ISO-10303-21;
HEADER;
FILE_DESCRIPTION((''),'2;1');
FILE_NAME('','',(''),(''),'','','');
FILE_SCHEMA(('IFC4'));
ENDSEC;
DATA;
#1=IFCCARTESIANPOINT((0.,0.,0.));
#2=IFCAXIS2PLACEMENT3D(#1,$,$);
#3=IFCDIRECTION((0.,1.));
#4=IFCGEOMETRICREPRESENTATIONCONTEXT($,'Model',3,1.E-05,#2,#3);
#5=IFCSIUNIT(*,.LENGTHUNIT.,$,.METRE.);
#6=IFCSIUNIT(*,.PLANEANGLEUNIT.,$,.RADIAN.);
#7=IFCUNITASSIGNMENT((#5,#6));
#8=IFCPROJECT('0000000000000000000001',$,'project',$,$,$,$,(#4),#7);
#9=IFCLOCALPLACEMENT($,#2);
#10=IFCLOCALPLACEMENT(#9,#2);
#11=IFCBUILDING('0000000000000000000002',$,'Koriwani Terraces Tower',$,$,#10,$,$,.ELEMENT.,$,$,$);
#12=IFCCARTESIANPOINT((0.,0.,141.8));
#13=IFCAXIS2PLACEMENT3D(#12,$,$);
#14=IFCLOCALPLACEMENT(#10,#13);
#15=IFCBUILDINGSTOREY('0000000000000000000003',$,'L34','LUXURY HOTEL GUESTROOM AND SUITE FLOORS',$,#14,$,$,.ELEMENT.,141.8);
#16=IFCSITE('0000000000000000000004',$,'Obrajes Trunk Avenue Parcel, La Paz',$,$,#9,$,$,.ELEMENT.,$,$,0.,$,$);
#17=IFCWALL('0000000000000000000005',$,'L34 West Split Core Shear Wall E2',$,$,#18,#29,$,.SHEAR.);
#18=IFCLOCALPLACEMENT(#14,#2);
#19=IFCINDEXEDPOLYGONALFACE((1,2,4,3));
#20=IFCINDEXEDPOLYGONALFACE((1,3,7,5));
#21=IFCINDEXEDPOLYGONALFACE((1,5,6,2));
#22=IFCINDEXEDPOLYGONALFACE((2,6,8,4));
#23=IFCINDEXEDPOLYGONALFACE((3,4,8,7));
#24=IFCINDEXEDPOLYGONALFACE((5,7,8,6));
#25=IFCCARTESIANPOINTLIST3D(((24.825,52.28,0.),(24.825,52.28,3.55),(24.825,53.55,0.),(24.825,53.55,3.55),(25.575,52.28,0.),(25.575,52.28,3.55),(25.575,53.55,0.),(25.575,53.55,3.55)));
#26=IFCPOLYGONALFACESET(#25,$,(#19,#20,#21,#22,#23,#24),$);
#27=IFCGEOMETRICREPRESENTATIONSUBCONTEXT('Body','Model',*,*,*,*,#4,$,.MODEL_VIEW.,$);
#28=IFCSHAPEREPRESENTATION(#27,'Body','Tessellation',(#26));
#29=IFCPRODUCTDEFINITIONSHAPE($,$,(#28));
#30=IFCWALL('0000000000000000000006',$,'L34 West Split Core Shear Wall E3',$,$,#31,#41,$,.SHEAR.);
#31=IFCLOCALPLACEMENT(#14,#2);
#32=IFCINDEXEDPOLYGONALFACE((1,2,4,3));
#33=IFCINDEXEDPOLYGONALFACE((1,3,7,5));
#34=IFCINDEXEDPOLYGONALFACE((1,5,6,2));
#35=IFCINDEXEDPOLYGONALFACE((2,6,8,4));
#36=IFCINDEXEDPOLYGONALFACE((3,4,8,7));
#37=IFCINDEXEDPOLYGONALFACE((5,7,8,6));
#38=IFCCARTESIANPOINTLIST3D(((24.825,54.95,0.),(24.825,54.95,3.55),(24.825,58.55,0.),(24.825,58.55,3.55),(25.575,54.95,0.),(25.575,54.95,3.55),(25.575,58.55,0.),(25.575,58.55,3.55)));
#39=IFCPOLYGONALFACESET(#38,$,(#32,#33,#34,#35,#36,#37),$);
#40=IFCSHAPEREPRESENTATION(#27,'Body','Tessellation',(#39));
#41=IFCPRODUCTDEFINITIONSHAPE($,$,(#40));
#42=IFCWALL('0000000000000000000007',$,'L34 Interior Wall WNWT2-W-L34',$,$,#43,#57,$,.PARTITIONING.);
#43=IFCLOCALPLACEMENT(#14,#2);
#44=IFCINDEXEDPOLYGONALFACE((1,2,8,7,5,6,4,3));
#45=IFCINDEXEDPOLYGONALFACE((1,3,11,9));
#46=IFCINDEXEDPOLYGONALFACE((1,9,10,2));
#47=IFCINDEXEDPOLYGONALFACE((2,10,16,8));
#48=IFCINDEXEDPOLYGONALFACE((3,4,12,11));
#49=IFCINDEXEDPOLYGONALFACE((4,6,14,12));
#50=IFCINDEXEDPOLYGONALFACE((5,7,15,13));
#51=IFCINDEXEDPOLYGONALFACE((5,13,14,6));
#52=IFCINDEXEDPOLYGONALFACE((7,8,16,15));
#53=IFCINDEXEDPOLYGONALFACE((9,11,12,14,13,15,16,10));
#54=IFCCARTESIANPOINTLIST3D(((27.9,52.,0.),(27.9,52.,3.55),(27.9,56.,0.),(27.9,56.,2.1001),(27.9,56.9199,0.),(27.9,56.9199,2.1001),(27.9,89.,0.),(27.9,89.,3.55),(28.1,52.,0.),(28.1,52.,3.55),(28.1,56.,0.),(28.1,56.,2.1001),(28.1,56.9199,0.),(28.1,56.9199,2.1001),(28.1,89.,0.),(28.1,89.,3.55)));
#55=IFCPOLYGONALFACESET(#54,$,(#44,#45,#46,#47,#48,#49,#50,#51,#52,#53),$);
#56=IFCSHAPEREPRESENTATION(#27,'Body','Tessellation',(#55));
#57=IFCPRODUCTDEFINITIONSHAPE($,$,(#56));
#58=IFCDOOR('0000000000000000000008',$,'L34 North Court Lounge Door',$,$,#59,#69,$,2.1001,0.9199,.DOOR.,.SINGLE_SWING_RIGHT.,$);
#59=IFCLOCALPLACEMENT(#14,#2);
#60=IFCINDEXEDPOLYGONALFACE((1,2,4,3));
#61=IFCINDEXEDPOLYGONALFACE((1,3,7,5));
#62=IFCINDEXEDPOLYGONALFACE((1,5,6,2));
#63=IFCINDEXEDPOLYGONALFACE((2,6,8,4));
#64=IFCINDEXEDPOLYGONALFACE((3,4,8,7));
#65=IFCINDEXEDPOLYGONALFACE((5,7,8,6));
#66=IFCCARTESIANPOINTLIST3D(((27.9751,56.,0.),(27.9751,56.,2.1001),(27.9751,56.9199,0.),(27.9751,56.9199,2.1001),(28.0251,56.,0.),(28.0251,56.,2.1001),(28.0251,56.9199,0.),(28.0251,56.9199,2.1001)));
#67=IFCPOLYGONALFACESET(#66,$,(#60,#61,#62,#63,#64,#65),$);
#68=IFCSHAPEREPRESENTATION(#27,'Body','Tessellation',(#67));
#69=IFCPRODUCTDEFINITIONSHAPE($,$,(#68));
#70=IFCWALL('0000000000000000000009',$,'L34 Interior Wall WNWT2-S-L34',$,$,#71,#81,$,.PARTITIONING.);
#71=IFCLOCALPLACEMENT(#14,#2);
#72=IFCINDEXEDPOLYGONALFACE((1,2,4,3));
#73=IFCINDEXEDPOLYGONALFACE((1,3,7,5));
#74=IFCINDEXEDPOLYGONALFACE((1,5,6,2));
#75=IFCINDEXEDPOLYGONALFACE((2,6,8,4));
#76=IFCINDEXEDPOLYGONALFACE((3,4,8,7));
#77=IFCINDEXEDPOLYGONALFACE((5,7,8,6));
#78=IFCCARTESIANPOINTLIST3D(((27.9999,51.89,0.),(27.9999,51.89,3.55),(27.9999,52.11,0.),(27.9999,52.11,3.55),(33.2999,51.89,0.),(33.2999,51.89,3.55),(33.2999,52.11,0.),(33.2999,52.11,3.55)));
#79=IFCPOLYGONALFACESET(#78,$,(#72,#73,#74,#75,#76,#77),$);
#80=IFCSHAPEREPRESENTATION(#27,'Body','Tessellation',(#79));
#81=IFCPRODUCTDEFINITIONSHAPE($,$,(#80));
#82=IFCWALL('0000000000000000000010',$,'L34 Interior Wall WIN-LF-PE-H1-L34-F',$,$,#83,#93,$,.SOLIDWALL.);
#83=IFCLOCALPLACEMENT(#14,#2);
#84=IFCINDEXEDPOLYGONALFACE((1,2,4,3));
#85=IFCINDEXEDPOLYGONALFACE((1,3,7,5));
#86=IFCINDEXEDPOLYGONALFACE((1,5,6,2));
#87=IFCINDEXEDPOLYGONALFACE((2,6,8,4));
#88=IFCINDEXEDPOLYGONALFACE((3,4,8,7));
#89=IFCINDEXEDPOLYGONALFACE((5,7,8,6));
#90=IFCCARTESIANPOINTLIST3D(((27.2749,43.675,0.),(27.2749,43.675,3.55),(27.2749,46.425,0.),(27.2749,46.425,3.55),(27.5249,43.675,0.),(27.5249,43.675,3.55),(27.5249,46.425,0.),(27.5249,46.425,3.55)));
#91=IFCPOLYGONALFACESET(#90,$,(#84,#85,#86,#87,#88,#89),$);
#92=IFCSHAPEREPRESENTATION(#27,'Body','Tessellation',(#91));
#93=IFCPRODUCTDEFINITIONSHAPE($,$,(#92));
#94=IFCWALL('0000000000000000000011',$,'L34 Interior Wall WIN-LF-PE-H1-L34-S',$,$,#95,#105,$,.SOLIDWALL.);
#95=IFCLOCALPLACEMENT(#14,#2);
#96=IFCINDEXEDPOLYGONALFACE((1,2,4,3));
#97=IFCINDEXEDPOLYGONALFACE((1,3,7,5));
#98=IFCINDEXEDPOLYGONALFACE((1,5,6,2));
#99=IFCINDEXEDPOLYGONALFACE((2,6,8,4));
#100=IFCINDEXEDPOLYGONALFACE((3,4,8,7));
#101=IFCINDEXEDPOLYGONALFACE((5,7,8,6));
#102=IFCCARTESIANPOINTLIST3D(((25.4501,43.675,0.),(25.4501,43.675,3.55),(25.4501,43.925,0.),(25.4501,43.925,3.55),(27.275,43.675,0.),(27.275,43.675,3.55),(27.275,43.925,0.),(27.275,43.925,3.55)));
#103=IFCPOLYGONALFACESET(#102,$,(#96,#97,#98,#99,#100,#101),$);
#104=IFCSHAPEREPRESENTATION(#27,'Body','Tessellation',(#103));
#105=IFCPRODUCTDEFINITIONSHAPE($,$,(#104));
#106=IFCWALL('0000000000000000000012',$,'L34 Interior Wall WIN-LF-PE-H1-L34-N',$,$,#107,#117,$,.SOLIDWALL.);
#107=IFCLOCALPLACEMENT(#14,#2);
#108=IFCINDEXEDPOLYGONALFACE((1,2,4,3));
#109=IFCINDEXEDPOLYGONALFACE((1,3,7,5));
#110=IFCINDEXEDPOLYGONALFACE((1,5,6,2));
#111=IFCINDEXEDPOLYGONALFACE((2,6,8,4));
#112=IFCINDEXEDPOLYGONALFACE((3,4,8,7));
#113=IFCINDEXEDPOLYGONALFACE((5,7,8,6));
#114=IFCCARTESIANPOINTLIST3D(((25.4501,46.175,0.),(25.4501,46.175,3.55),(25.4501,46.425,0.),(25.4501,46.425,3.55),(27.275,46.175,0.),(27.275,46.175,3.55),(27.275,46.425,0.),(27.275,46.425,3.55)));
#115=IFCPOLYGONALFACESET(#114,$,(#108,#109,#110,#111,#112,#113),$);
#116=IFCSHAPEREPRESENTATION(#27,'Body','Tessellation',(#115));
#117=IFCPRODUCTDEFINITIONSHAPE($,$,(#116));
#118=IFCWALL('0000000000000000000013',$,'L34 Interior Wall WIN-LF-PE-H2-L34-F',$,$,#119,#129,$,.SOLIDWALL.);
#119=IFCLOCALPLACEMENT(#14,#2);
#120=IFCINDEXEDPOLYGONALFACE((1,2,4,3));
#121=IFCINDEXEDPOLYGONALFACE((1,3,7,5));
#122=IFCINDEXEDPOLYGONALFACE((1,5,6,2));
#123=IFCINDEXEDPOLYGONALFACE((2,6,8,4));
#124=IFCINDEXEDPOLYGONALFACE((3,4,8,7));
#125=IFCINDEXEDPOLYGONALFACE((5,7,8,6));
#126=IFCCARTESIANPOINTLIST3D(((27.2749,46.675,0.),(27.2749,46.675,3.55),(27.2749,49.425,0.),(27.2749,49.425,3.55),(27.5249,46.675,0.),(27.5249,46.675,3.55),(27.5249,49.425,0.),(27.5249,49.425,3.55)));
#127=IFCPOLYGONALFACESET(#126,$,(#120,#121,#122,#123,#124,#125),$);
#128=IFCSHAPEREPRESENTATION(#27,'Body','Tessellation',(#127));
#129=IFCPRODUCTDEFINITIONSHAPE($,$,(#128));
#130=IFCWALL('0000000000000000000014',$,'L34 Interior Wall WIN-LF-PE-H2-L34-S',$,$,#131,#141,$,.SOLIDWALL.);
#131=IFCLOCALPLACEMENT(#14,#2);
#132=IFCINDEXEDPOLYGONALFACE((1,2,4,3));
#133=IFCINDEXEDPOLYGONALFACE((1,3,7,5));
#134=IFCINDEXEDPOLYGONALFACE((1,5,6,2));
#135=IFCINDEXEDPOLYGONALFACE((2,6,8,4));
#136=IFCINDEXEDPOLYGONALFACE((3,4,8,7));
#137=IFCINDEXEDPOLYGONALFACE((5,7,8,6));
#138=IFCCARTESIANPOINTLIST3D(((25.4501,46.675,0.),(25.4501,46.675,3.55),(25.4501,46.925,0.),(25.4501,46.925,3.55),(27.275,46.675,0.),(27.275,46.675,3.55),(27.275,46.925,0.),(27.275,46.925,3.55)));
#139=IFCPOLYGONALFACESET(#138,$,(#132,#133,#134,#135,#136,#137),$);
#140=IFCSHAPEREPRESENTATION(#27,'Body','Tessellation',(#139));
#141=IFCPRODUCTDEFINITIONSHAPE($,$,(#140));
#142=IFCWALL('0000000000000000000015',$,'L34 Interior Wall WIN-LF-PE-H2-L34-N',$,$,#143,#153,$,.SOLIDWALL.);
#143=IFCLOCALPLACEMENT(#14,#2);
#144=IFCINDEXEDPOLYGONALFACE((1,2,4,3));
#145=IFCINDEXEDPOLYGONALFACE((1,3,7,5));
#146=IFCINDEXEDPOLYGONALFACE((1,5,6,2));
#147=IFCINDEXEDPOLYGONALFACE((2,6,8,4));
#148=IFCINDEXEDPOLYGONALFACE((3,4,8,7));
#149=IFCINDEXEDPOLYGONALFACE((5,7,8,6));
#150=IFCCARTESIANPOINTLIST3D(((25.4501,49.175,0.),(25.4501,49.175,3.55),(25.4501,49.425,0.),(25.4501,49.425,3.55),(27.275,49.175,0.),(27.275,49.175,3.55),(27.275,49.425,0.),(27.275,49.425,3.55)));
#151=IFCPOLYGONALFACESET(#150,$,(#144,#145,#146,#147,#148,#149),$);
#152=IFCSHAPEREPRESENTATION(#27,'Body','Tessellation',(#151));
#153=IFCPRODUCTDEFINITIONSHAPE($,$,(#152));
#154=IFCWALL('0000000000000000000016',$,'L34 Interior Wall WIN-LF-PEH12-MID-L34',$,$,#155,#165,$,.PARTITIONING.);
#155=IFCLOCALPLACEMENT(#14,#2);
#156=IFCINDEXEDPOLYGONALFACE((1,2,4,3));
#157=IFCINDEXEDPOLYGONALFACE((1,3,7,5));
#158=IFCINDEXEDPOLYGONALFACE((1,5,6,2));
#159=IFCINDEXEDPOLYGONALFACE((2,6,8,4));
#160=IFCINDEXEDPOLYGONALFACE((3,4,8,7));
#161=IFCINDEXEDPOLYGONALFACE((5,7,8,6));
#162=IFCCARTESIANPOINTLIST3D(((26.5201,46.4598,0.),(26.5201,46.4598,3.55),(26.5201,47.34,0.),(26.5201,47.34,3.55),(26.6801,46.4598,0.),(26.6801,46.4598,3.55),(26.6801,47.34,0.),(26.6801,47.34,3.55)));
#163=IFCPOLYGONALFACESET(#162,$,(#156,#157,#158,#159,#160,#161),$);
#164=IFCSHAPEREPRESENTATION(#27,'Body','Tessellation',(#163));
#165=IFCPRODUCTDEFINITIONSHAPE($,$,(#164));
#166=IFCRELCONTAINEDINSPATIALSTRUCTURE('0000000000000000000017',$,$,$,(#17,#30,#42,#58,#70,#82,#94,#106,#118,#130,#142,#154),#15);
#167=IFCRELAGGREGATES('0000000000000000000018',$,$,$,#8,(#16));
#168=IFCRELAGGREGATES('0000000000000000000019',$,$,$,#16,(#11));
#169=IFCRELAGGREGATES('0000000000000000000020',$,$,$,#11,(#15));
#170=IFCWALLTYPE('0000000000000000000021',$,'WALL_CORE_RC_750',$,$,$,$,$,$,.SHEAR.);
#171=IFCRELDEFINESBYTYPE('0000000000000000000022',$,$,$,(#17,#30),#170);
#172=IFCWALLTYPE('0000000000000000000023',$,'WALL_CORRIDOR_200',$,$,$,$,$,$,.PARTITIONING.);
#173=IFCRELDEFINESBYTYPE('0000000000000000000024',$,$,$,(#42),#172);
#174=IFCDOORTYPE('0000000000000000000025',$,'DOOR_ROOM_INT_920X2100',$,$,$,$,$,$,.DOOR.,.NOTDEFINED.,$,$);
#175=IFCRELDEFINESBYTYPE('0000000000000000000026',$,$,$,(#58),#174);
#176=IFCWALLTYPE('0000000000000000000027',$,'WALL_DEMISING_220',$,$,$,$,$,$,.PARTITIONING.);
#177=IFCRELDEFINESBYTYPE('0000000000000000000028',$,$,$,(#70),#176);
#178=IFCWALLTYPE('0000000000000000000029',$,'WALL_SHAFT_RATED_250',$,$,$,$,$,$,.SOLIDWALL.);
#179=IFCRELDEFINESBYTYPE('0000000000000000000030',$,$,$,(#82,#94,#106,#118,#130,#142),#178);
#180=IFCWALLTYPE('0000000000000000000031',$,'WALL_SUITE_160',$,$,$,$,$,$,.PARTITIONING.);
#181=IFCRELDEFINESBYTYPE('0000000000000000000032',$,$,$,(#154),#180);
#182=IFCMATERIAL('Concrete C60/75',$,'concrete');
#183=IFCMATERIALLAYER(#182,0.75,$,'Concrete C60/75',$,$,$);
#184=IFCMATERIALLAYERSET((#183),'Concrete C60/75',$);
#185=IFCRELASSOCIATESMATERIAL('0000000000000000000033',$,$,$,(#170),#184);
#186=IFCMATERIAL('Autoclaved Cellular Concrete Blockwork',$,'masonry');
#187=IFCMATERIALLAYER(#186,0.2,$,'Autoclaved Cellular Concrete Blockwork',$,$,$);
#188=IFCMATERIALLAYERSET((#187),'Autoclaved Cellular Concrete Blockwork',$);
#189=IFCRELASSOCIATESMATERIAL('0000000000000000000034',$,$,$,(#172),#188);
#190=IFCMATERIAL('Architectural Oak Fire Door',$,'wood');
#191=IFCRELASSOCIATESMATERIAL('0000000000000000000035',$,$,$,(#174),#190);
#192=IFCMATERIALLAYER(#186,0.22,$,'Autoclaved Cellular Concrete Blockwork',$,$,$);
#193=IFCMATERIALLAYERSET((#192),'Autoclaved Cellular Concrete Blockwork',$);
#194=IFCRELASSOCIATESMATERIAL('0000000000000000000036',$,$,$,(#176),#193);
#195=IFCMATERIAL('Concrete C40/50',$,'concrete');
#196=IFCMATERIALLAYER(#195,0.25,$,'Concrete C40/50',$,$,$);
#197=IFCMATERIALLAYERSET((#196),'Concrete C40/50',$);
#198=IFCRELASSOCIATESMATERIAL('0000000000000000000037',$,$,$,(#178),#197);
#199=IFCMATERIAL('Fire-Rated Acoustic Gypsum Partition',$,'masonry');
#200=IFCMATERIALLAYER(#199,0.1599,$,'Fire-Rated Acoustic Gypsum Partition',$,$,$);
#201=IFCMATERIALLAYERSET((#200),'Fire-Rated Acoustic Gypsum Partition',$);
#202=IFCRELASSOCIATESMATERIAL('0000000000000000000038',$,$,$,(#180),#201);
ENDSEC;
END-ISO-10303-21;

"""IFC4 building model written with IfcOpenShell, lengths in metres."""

from ifc_helpers import new_model, si_unit, direction, frame, frame_2d, origin, place, context, subcontext, project, spatial, rectangle, extrude, material, layer, layer_set, type_object, element, fill, save


model = new_model("IFC4")

# Units and contexts
model_context = context("Model", 3, precision=1e-05, world=origin(), true_north=direction((0.0, 1.0)))
body_context = subcontext(model_context, "Body", "Model", "MODEL_VIEW")
ifc_project = project(units=[si_unit("LENGTHUNIT", "METRE"), si_unit("PLANEANGLEUNIT", "RADIAN")], contexts=[model_context])

# Site, building, storey
site_placement = place(None, origin())
site = spatial("IfcSite", under=ifc_project, at=site_placement, Name="Obrajes Trunk Avenue Parcel, La Paz", CompositionType="ELEMENT", RefElevation=0.0)
building_placement = place(site_placement, origin())
building = spatial("IfcBuilding", under=site, at=building_placement, Name="Koriwani Terraces Tower", CompositionType="ELEMENT")
storey_placement = place(building_placement, frame((0.0, 0.0, 141.8)))
storey = spatial("IfcBuildingStorey", under=building, at=storey_placement, Name="L34", Description="LUXURY HOTEL GUESTROOM AND SUITE FLOORS", CompositionType="ELEMENT", Elevation=141.8)

# Shared definitions
ifc_material_1 = material(Name="Concrete C60/75", Category="concrete")

# Shared definitions
ifc_material_2 = material(Name="Concrete C40/50", Category="concrete")

# Walls
ifc_layer_1 = layer(ifc_material_1, 0.75, Name="Concrete C60/75")
ifc_layer_set_1 = layer_set([ifc_layer_1], Name="Concrete C60/75")
wall_type_1 = type_object("IfcWallType", Name="WALL_CORE_RC_750", PredefinedType="SHEAR", material=ifc_layer_set_1)
wall_1_placement = place(storey_placement, frame((25.2, 52.28, 0.0), z_axis=(0.0, 0.0, 1.0), x_axis=(0.0, 1.0, 0.0)))
element("IfcWall", 1, at=wall_1_placement, inside=storey, type_object=wall_type_1, Name="L34 West Split Core Shear Wall E2", PredefinedType="SHEAR", context=body_context, shape_type="SweptSolid", body=[
    extrude(rectangle(XDim=1.27, YDim=0.75, at=frame_2d((0.635, 0.0))), origin(), (0.0, 0.0, 1.0), 3.55),
])
wall_2_placement = place(storey_placement, frame((25.2, 54.95, 0.0), z_axis=(0.0, 0.0, 1.0), x_axis=(0.0, 1.0, 0.0)))
element("IfcWall", 2, at=wall_2_placement, inside=storey, type_object=wall_type_1, Name="L34 West Split Core Shear Wall E3", PredefinedType="SHEAR", context=body_context, shape_type="SweptSolid", body=[
    extrude(rectangle(XDim=3.6001, YDim=0.75, at=frame_2d((1.8, 0.0))), origin(), (0.0, 0.0, 1.0), 3.55),
])

# Wall, opening, door
ifc_material_3 = material(Name="Autoclaved Cellular Concrete Blockwork", Category="masonry")
ifc_layer_2 = layer(ifc_material_3, 0.2, Name="Autoclaved Cellular Concrete Blockwork")
ifc_layer_set_2 = layer_set([ifc_layer_2], Name="Autoclaved Cellular Concrete Blockwork")
wall_type_2 = type_object("IfcWallType", Name="WALL_CORRIDOR_200", PredefinedType="PARTITIONING", material=ifc_layer_set_2)
wall_3_placement = place(storey_placement, frame((28.0, 52.0, 0.0), z_axis=(0.0, 0.0, 1.0), x_axis=(0.0, 1.0, 0.0)))
wall_3 = element("IfcWall", 3, at=wall_3_placement, inside=storey, type_object=wall_type_2, Name="L34 Interior Wall WNWT2-W-L34", PredefinedType="PARTITIONING", context=body_context, shape_type="SweptSolid", body=[
    extrude(rectangle(XDim=37.0, YDim=0.2, at=frame_2d((18.5, 0.0))), origin(), (0.0, 0.0, 1.0), 3.55),
])
opening_1_placement = place(wall_3_placement, frame((4.0, 0.0, 0.0)))
opening_1 = element("IfcOpeningElement", 4, at=opening_1_placement, cuts=wall_3, PredefinedType="OPENING", context=body_context, shape_type="SweptSolid", body=[
    extrude(rectangle(XDim=0.9199, YDim=2.1001, at=frame_2d((0.46, 1.05))), frame((0.0, 0.1099, 0.0), z_axis=(0.0, -1.0, 0.0), x_axis=(1.0, 0.0, 0.0)), (0.0, 0.0, 1.0), 0.22),
])
ifc_material_4 = material(Name="Architectural Oak Fire Door", Category="wood")
door_type_1 = type_object("IfcDoorType", Name="DOOR_ROOM_INT_920X2100", OperationType="NOTDEFINED", PredefinedType="DOOR", material=ifc_material_4)
door_1_placement = place(opening_1_placement, origin())
door_1 = element("IfcDoor", 5, at=door_1_placement, inside=storey, type_object=door_type_1, Name="L34 North Court Lounge Door", OperationType="SINGLE_SWING_RIGHT", OverallHeight=2.1001, OverallWidth=0.9199, PredefinedType="DOOR", context=body_context, shape_type="SweptSolid", body=[
    extrude(rectangle(XDim=0.9199, YDim=2.1001, at=frame_2d((0.46, 1.05))), frame((0.0, 0.0249, 0.0), z_axis=(0.0, -1.0, 0.0), x_axis=(1.0, 0.0, 0.0)), (0.0, 0.0, 1.0), 0.05),
])
fill(opening_1, door_1)

# Wall
ifc_layer_3 = layer(ifc_material_3, 0.22, Name="Autoclaved Cellular Concrete Blockwork")
ifc_layer_set_3 = layer_set([ifc_layer_3], Name="Autoclaved Cellular Concrete Blockwork")
wall_type_3 = type_object("IfcWallType", Name="WALL_DEMISING_220", PredefinedType="PARTITIONING", material=ifc_layer_set_3)
wall_4_placement = place(storey_placement, frame((28.0, 52.0, 0.0), z_axis=(0.0, 0.0, 1.0), x_axis=(1.0, 0.0, 0.0)))
element("IfcWall", 6, at=wall_4_placement, inside=storey, type_object=wall_type_3, Name="L34 Interior Wall WNWT2-S-L34", PredefinedType="PARTITIONING", context=body_context, shape_type="SweptSolid", body=[
    extrude(rectangle(XDim=5.3, YDim=0.22, at=frame_2d((2.6499, 0.0))), origin(), (0.0, 0.0, 1.0), 3.55),
])

# Shared definitions
ifc_layer_4 = layer(ifc_material_2, 0.25, Name="Concrete C40/50")
ifc_layer_set_4 = layer_set([ifc_layer_4], Name="Concrete C40/50")
wall_type_4 = type_object("IfcWallType", Name="WALL_SHAFT_RATED_250", PredefinedType="SOLIDWALL", material=ifc_layer_set_4)

# Walls
wall_5_placement = place(storey_placement, frame((27.3999, 43.675, 0.0), z_axis=(0.0, 0.0, 1.0), x_axis=(0.0, 1.0, 0.0)))
element("IfcWall", 7, at=wall_5_placement, inside=storey, type_object=wall_type_4, Name="L34 Interior Wall WIN-LF-PE-H1-L34-F", PredefinedType="SOLIDWALL", context=body_context, shape_type="SweptSolid", body=[
    extrude(rectangle(XDim=2.75, YDim=0.25, at=frame_2d((1.375, 0.0))), origin(), (0.0, 0.0, 1.0), 3.55),
])
for number, where, z_axis, x_axis, name in (
    (8, (25.45, 43.8, 0.0), (0.0, 0.0, 1.0), (1.0, 0.0, 0.0), "L34 Interior Wall WIN-LF-PE-H1-L34-S"),
    (9, (25.45, 46.3, 0.0), (0.0, 0.0, 1.0), (1.0, 0.0, 0.0), "L34 Interior Wall WIN-LF-PE-H1-L34-N"),
):
    element("IfcWall", number, at=place(storey_placement, frame(where, z_axis=z_axis, x_axis=x_axis)), inside=storey, type_object=wall_type_4, Name=name, PredefinedType="SOLIDWALL", context=body_context, shape_type="SweptSolid", body=[
        extrude(rectangle(XDim=1.825, YDim=0.25, at=frame_2d((0.9126, 0.0))), origin(), (0.0, 0.0, 1.0), 3.55),
    ])
wall_6_placement = place(storey_placement, frame((27.3999, 46.675, 0.0), z_axis=(0.0, 0.0, 1.0), x_axis=(0.0, 1.0, 0.0)))
element("IfcWall", 10, at=wall_6_placement, inside=storey, type_object=wall_type_4, Name="L34 Interior Wall WIN-LF-PE-H2-L34-F", PredefinedType="SOLIDWALL", context=body_context, shape_type="SweptSolid", body=[
    extrude(rectangle(XDim=2.75, YDim=0.25, at=frame_2d((1.375, 0.0))), origin(), (0.0, 0.0, 1.0), 3.55),
])
for number, where, z_axis, x_axis, name in (
    (11, (25.45, 46.8, 0.0), (0.0, 0.0, 1.0), (1.0, 0.0, 0.0), "L34 Interior Wall WIN-LF-PE-H2-L34-S"),
    (12, (25.45, 49.3, 0.0), (0.0, 0.0, 1.0), (1.0, 0.0, 0.0), "L34 Interior Wall WIN-LF-PE-H2-L34-N"),
):
    element("IfcWall", number, at=place(storey_placement, frame(where, z_axis=z_axis, x_axis=x_axis)), inside=storey, type_object=wall_type_4, Name=name, PredefinedType="SOLIDWALL", context=body_context, shape_type="SweptSolid", body=[
        extrude(rectangle(XDim=1.825, YDim=0.25, at=frame_2d((0.9126, 0.0))), origin(), (0.0, 0.0, 1.0), 3.55),
    ])
ifc_material_5 = material(Name="Fire-Rated Acoustic Gypsum Partition", Category="masonry")
ifc_layer_5 = layer(ifc_material_5, 0.1599, Name="Fire-Rated Acoustic Gypsum Partition")
ifc_layer_set_5 = layer_set([ifc_layer_5], Name="Fire-Rated Acoustic Gypsum Partition")
wall_type_5 = type_object("IfcWallType", Name="WALL_SUITE_160", PredefinedType="PARTITIONING", material=ifc_layer_set_5)
wall_7_placement = place(storey_placement, frame((26.6001, 46.46, 0.0), z_axis=(0.0, 0.0, 1.0), x_axis=(0.0, 1.0, 0.0)))
element("IfcWall", 13, at=wall_7_placement, inside=storey, type_object=wall_type_5, Name="L34 Interior Wall WIN-LF-PEH12-MID-L34", PredefinedType="PARTITIONING", context=body_context, shape_type="SweptSolid", body=[
    extrude(rectangle(XDim=0.8801, YDim=0.1599, at=frame_2d((0.4399, 0.0))), origin(), (0.0, 0.0, 1.0), 3.55),
])

save(model, "model.ifc")
